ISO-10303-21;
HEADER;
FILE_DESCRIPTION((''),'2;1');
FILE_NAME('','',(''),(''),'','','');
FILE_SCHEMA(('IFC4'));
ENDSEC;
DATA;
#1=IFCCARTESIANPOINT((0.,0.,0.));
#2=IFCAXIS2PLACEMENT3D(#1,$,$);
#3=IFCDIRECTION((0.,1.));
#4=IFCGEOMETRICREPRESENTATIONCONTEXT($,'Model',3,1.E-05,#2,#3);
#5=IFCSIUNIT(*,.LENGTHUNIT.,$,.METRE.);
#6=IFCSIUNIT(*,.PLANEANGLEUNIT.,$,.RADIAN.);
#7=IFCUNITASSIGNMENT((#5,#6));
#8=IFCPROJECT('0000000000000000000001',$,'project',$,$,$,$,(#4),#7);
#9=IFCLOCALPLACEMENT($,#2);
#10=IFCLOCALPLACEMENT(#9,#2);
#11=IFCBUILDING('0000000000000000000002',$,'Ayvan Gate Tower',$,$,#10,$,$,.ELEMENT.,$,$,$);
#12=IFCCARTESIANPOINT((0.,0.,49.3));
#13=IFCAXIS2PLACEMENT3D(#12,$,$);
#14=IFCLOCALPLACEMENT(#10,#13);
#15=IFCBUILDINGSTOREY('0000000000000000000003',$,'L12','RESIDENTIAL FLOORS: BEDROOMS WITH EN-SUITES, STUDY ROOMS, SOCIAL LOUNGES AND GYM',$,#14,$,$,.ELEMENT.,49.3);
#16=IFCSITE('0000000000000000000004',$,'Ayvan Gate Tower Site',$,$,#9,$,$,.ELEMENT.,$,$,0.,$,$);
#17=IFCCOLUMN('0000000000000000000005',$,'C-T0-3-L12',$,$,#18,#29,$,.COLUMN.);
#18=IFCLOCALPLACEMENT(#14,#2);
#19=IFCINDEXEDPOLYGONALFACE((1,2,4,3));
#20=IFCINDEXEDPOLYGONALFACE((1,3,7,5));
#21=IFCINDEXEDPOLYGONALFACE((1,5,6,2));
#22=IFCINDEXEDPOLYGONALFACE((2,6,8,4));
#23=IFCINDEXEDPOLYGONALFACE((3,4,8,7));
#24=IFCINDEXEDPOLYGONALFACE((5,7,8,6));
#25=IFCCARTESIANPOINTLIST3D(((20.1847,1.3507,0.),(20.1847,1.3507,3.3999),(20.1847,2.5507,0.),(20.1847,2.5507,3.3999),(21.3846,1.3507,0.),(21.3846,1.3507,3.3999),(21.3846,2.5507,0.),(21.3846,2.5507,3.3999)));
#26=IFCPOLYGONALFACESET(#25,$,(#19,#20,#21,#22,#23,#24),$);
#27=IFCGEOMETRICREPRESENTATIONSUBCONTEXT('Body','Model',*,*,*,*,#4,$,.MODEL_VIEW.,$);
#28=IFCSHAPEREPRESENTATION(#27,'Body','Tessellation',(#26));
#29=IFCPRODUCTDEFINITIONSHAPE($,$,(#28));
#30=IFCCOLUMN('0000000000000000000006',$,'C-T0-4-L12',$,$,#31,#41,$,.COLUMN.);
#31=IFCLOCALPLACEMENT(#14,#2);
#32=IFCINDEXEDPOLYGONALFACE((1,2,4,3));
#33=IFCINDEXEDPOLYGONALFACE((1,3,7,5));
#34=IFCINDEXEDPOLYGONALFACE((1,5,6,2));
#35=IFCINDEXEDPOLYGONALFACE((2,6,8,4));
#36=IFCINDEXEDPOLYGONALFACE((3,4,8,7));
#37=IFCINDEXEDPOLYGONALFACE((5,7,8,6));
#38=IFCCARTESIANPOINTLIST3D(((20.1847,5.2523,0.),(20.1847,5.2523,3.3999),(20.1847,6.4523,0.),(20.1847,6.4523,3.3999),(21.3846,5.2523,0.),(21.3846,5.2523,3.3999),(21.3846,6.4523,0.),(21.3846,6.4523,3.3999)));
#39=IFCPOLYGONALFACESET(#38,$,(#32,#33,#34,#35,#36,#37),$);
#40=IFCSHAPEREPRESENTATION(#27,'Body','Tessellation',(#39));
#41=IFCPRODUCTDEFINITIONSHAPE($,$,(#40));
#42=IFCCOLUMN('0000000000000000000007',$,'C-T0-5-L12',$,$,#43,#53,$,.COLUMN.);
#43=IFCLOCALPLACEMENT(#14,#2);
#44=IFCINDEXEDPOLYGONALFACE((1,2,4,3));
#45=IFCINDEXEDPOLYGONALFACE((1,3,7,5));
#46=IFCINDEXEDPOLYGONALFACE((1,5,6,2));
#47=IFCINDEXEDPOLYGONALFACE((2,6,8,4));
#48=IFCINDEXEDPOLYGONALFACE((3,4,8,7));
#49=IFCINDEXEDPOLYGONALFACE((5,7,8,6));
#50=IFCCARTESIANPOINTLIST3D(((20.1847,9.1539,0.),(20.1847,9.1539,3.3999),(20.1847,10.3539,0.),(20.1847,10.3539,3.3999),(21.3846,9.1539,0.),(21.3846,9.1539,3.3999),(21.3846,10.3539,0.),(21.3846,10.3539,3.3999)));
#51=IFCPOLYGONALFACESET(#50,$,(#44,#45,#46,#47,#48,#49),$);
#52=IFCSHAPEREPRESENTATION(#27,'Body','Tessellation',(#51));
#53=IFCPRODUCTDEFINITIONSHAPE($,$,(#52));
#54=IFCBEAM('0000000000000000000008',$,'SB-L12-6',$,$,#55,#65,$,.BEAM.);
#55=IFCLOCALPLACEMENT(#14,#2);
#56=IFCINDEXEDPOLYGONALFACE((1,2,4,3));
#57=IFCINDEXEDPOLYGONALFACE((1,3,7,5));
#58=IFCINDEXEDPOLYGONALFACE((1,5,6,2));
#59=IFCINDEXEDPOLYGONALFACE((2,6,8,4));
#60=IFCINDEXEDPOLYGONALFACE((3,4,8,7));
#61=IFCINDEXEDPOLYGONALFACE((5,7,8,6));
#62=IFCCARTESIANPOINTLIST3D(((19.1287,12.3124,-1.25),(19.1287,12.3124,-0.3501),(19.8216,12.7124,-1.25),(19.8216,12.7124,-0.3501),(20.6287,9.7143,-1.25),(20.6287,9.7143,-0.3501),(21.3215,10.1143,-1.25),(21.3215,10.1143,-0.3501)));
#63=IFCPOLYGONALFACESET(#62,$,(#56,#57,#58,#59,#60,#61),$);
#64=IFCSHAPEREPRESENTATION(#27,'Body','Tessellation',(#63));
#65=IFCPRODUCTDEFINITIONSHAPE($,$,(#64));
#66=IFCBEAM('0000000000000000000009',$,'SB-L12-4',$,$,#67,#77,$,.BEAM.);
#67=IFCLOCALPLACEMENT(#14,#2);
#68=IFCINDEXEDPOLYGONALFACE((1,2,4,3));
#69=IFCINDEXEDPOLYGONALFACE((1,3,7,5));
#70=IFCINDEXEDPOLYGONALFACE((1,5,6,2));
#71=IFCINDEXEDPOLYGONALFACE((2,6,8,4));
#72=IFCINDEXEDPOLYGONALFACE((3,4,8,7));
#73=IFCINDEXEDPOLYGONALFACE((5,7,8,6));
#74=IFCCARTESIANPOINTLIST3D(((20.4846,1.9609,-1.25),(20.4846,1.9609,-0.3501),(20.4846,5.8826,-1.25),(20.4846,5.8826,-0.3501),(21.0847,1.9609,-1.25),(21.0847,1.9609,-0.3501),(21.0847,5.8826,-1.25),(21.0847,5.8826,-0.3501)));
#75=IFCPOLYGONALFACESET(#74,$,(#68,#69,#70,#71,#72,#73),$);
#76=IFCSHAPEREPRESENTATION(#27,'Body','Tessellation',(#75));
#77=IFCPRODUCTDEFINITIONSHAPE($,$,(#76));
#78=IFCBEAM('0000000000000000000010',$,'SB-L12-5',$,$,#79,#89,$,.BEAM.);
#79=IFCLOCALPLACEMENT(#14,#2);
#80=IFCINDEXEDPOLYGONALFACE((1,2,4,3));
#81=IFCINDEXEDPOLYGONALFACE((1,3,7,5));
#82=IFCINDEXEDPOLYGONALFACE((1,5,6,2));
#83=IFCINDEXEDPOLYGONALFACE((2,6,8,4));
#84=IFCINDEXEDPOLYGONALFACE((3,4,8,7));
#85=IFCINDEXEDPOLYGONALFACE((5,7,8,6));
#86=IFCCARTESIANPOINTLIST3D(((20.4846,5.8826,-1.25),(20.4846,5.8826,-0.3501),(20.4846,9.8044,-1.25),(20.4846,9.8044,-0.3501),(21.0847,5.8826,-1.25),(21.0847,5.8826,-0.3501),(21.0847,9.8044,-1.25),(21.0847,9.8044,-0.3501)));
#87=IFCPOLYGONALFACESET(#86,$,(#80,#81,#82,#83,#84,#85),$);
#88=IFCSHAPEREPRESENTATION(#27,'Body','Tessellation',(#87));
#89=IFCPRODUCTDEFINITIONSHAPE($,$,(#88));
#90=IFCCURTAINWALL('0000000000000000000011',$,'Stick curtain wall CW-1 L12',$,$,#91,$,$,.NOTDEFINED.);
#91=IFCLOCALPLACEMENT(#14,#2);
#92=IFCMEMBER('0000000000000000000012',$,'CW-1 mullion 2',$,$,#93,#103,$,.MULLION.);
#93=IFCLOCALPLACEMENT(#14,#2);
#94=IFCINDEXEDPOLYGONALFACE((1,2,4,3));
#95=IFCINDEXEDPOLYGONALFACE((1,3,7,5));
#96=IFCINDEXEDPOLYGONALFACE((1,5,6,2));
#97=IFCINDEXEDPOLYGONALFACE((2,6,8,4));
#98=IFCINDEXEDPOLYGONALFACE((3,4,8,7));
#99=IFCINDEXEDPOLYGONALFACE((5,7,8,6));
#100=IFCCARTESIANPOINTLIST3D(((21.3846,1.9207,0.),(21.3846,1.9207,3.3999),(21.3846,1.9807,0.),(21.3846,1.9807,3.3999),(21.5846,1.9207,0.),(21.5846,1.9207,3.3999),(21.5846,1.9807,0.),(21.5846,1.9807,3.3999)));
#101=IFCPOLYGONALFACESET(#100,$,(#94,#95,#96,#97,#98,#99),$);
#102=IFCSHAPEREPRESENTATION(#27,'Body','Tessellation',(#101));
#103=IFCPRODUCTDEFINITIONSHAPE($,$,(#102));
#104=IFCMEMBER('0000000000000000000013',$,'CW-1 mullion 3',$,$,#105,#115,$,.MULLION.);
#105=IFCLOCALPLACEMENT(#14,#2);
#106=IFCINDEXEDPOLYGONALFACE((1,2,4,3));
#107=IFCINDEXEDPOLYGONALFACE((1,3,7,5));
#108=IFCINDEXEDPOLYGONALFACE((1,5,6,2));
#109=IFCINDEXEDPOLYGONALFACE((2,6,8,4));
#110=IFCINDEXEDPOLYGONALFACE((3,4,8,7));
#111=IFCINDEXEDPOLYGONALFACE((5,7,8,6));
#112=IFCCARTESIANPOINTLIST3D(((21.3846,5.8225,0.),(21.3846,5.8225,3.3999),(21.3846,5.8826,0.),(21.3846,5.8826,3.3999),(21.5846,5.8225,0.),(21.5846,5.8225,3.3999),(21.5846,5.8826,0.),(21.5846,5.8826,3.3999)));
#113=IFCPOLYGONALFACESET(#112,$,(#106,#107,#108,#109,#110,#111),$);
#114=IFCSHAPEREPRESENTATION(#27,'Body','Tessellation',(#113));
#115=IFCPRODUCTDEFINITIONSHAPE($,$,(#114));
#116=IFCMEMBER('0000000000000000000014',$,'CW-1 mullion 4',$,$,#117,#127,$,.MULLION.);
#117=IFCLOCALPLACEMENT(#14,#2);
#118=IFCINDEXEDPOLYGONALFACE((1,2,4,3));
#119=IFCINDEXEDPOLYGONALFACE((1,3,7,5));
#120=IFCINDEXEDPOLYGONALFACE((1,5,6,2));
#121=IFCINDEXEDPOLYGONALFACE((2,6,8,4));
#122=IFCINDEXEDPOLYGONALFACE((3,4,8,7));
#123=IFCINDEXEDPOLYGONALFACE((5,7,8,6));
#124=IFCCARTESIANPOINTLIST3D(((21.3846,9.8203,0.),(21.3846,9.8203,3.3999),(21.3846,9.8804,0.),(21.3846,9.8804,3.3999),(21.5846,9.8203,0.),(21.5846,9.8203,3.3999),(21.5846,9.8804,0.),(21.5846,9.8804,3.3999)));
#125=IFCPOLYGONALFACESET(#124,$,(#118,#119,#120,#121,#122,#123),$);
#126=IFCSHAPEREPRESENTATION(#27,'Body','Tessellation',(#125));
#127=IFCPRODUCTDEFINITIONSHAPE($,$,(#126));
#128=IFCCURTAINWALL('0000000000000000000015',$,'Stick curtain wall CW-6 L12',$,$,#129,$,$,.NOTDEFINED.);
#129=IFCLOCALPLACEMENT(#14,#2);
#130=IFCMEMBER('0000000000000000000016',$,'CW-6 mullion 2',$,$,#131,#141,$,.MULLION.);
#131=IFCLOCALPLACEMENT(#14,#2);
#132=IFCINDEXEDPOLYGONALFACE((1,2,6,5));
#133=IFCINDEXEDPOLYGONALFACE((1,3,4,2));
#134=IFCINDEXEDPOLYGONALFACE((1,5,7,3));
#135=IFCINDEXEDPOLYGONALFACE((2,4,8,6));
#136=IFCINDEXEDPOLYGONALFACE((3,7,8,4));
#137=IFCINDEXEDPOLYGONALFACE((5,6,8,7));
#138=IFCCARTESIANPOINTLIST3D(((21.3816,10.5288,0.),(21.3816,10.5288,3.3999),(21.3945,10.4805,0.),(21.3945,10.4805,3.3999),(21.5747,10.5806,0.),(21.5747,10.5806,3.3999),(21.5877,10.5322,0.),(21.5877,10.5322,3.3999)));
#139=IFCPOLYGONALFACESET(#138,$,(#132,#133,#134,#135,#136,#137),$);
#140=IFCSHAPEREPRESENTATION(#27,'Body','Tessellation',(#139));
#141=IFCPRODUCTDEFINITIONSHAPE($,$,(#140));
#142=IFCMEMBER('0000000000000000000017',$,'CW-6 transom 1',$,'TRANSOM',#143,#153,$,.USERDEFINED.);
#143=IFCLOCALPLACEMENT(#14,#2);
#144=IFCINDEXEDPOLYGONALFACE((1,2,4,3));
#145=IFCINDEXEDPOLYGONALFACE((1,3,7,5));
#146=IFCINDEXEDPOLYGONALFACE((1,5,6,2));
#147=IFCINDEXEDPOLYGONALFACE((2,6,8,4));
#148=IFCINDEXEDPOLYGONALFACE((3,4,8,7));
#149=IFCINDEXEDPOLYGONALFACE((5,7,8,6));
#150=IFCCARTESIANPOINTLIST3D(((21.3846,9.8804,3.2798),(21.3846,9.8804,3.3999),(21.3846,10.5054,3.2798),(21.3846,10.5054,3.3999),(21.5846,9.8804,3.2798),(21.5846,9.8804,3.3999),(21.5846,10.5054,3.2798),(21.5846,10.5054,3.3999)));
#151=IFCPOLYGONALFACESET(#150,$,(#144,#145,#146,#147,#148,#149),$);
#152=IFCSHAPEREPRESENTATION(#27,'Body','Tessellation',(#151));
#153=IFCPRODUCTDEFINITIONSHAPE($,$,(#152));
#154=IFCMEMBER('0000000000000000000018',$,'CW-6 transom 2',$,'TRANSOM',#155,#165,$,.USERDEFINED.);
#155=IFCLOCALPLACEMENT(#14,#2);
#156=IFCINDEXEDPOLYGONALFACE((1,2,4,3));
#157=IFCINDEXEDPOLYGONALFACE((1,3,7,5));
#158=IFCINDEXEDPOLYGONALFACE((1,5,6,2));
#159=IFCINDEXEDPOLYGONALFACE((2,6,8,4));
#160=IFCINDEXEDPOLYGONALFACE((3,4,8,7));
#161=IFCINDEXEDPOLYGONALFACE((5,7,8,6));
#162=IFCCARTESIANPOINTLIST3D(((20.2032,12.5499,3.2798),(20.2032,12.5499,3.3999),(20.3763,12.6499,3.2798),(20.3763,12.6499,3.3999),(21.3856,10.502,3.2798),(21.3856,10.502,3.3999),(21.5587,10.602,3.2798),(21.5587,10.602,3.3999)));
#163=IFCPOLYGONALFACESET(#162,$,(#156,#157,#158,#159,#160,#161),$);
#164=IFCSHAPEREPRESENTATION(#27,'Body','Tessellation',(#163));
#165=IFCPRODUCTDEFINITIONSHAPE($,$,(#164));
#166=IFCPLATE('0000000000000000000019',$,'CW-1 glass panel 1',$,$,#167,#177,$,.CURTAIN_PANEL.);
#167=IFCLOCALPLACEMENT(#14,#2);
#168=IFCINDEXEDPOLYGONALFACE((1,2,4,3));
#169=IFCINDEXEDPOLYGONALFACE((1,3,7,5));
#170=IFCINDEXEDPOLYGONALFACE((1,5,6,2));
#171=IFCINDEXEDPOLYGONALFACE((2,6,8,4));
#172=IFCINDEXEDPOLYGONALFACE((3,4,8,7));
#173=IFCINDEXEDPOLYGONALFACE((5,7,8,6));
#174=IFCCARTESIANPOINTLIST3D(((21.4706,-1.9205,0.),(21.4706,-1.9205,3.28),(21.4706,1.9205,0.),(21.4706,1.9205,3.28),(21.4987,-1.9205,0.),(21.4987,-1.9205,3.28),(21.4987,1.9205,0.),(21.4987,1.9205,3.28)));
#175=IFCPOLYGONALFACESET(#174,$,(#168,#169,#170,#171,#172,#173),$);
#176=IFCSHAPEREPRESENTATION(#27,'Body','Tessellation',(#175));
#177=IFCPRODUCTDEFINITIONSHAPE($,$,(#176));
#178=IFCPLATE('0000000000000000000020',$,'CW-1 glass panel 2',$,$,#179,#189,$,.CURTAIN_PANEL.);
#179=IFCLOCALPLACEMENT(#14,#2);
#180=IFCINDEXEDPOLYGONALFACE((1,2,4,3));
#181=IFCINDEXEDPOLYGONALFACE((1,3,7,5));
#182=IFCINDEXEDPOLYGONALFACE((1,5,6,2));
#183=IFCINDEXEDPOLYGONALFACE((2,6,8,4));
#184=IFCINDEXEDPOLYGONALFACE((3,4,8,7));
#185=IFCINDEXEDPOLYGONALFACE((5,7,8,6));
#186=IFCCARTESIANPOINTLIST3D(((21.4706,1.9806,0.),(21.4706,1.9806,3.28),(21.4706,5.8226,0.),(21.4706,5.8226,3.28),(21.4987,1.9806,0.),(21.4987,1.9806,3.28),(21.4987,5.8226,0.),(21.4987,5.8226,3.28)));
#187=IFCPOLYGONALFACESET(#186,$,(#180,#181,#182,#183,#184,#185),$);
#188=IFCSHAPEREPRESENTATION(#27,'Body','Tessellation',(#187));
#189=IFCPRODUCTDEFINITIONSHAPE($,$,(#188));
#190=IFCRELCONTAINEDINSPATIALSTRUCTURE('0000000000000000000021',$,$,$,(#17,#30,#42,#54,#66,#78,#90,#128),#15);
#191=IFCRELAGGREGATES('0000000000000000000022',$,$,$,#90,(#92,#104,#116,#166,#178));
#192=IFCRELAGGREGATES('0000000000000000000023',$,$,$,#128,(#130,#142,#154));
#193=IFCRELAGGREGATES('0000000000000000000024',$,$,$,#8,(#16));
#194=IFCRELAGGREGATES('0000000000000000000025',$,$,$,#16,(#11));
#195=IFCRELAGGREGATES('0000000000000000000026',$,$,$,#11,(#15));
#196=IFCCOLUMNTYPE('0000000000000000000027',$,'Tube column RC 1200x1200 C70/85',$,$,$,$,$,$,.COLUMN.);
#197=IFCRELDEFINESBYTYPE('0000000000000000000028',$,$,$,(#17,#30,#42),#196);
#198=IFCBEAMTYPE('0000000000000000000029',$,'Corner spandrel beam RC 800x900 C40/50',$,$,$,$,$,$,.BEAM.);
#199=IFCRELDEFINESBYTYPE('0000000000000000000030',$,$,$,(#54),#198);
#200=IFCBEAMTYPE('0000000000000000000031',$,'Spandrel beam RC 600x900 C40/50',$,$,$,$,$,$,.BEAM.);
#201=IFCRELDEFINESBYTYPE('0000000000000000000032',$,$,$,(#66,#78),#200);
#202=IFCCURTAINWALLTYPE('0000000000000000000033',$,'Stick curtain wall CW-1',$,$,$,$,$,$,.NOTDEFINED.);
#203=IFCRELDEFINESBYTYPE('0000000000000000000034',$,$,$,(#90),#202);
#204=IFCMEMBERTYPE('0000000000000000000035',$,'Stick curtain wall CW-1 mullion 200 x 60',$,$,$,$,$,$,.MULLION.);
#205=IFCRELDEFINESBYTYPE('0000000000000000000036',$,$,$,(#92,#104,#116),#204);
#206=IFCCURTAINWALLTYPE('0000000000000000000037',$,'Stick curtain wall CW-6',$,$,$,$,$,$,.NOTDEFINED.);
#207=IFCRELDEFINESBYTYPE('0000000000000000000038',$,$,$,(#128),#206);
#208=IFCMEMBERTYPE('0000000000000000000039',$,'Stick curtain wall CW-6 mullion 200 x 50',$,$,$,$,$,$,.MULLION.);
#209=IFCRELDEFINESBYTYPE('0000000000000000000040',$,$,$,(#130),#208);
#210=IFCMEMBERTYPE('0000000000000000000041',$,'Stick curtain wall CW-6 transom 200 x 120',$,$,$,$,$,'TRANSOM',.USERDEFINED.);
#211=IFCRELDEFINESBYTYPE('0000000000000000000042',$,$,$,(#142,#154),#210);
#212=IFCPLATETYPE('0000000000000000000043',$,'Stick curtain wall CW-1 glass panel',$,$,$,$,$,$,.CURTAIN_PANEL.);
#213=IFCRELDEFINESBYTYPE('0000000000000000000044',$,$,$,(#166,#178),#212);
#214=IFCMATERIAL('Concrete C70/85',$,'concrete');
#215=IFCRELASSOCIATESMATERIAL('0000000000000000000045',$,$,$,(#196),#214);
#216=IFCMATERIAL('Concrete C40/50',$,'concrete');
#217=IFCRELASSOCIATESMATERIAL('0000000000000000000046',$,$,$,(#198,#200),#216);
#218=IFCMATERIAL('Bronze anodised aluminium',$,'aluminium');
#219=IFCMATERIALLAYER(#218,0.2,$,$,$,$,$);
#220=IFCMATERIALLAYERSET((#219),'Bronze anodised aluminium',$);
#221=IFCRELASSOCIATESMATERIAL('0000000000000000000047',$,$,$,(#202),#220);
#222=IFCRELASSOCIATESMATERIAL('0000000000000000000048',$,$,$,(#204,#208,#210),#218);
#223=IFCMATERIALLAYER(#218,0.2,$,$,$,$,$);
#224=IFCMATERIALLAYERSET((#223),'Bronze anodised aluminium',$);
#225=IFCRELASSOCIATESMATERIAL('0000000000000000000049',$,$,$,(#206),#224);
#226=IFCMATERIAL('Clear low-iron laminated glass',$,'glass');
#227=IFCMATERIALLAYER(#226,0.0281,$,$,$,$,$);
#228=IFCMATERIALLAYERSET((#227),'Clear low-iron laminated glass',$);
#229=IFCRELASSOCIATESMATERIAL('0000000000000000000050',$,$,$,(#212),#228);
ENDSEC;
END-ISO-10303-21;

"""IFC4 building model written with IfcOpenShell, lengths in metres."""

from ifc_helpers import new_model, si_unit, direction, frame, origin, origin_2d, place, context, subcontext, project, spatial, rectangle, extrude, material, layer, layer_set, material_profile, profile_set, type_object, element, aggregate, save


model = new_model("IFC4")

# Units and contexts
model_context = context("Model", 3, precision=1e-05, world=origin(), true_north=direction((0.0, 1.0)))
body_context = subcontext(model_context, "Body", "Model", "MODEL_VIEW")
ifc_project = project(units=[si_unit("LENGTHUNIT", "METRE"), si_unit("PLANEANGLEUNIT", "RADIAN")], contexts=[model_context])

# Site, building, storey
site_placement = place(None, origin())
site = spatial("IfcSite", under=ifc_project, at=site_placement, Name="Ayvan Gate Tower Site", CompositionType="ELEMENT", RefElevation=0.0)
building_placement = place(site_placement, origin())
building = spatial("IfcBuilding", under=site, at=building_placement, Name="Ayvan Gate Tower", CompositionType="ELEMENT")
storey_placement = place(building_placement, frame((0.0, 0.0, 49.3)))
storey = spatial("IfcBuildingStorey", under=building, at=storey_placement, Name="L12", Description="RESIDENTIAL FLOORS: BEDROOMS WITH EN-SUITES, STUDY ROOMS, SOCIAL LOUNGES AND GYM", CompositionType="ELEMENT", Elevation=49.3)

# Columns
ifc_material_1 = material(Name="Concrete C70/85", Category="concrete")
ifc_material_profile_1 = material_profile(ifc_material_1, rectangle(XDim=1.2, YDim=1.2, at=origin_2d()), Name="RC 1200x1200")
ifc_profile_set_1 = profile_set([ifc_material_profile_1], Name="Concrete C70/85")
column_type = type_object("IfcColumnType", Name="Tube column RC 1200x1200 C70/85", PredefinedType="COLUMN", material=ifc_profile_set_1)
for number, where, z_axis, x_axis, name in (
    (1, (20.7847, 1.9507, 0.0), (0.0, 0.0, 1.0), (1.0, 0.0, 0.0), "C-T0-3-L12"),
    (2, (20.7847, 5.8523, 0.0), (0.0, 0.0, 1.0), (1.0, 0.0, 0.0), "C-T0-4-L12"),
    (3, (20.7847, 9.7539, 0.0), (0.0, 0.0, 1.0), (1.0, 0.0, 0.0), "C-T0-5-L12"),
):
    element("IfcColumn", number, at=place(storey_placement, frame(where, z_axis=z_axis, x_axis=x_axis)), inside=storey, type_object=column_type, Name=name, PredefinedType="COLUMN", context=body_context, shape_type="SweptSolid", body=[
        extrude(rectangle(XDim=1.2, YDim=1.2, at=origin_2d()), origin(), (0.0, 0.0, 1.0), 3.3999),
    ])

# Beams
ifc_material_2 = material(Name="Concrete C40/50", Category="concrete")
ifc_material_profile_2 = material_profile(ifc_material_2, rectangle(XDim=0.8, YDim=0.8999, at=origin_2d()), Name="RC 800x900")
ifc_profile_set_2 = profile_set([ifc_material_profile_2], Name="Concrete C40/50")
beam_type_1 = type_object("IfcBeamType", Name="Corner spandrel beam RC 800x900 C40/50", PredefinedType="BEAM", material=ifc_profile_set_2)
beam_1_placement = place(storey_placement, frame((20.9751, 9.9143, -0.8), z_axis=(-0.49999, 0.866031, 0.0), x_axis=(-0.866031, -0.49999, 0.0)))
element("IfcBeam", 4, at=beam_1_placement, inside=storey, type_object=beam_type_1, Name="SB-L12-6", PredefinedType="BEAM", context=body_context, shape_type="SweptSolid", body=[
    extrude(rectangle(XDim=0.8, YDim=0.8999, at=origin_2d()), origin(), (0.0, 0.0, 1.0), 3.0),
])
ifc_material_profile_3 = material_profile(ifc_material_2, rectangle(XDim=0.6001, YDim=0.8999, at=origin_2d()), Name="RC 600x900")
ifc_profile_set_3 = profile_set([ifc_material_profile_3], Name="Concrete C40/50")
beam_type_2 = type_object("IfcBeamType", Name="Spandrel beam RC 600x900 C40/50", PredefinedType="BEAM", material=ifc_profile_set_3)
beam_2_placement = place(storey_placement, frame((20.7847, 1.9609, -0.8), z_axis=(0.0, 1.0, 0.0), x_axis=(-1.0, 0.0, 0.0)))
element("IfcBeam", 5, at=beam_2_placement, inside=storey, type_object=beam_type_2, Name="SB-L12-4", PredefinedType="BEAM", context=body_context, shape_type="SweptSolid", body=[
    extrude(rectangle(XDim=0.6001, YDim=0.8999, at=origin_2d()), origin(), (0.0, 0.0, 1.0), 3.9216),
])
beam_3_placement = place(storey_placement, frame((20.7847, 5.8826, -0.8), z_axis=(0.0, 1.0, 0.0), x_axis=(-1.0, 0.0, 0.0)))
element("IfcBeam", 6, at=beam_3_placement, inside=storey, type_object=beam_type_2, Name="SB-L12-5", PredefinedType="BEAM", context=body_context, shape_type="SweptSolid", body=[
    extrude(rectangle(XDim=0.6001, YDim=0.8999, at=origin_2d()), origin(), (0.0, 0.0, 1.0), 3.9219),
])

# Curtain walls, members
ifc_material_3 = material(Name="Bronze anodised aluminium", Category="aluminium")
ifc_layer_1 = layer(ifc_material_3, 0.2)
ifc_layer_set_1 = layer_set([ifc_layer_1], Name="Bronze anodised aluminium")
curtain_wall_type_1 = type_object("IfcCurtainWallType", Name="Stick curtain wall CW-1", PredefinedType="NOTDEFINED", material=ifc_layer_set_1)
curtain_wall_1_placement = place(storey_placement, origin())
curtain_wall_1 = element("IfcCurtainWall", 7, at=curtain_wall_1_placement, inside=storey, type_object=curtain_wall_type_1, Name="Stick curtain wall CW-1 L12", PredefinedType="NOTDEFINED")
ifc_material_profile_4 = material_profile(ifc_material_3, rectangle(XDim=0.2, YDim=0.0601, at=origin_2d()), Name="Stick curtain wall CW-1 mullion 200 x 60")
ifc_profile_set_4 = profile_set([ifc_material_profile_4], Name="Bronze anodised aluminium")
member_type_1 = type_object("IfcMemberType", Name="Stick curtain wall CW-1 mullion 200 x 60", PredefinedType="MULLION", material=ifc_profile_set_4)
member_1_placement = place(storey_placement, frame((21.4846, 1.9507, 0.0), z_axis=(0.0, 0.0, 1.0), x_axis=(1.0, 0.0, 0.0)))
member_1 = element("IfcMember", 8, at=member_1_placement, type_object=member_type_1, Name="CW-1 mullion 2", PredefinedType="MULLION", context=body_context, shape_type="SweptSolid", body=[
    extrude(rectangle(XDim=0.2, YDim=0.0601, at=origin_2d()), origin(), (0.0, 0.0, 1.0), 3.3999),
])
member_2_placement = place(storey_placement, frame((21.4846, 5.8525, 0.0), z_axis=(0.0, 0.0, 1.0), x_axis=(1.0, 0.0, 0.0)))
member_2 = element("IfcMember", 9, at=member_2_placement, type_object=member_type_1, Name="CW-1 mullion 3", PredefinedType="MULLION", context=body_context, shape_type="SweptSolid", body=[
    extrude(rectangle(XDim=0.2, YDim=0.0601, at=origin_2d()), origin(), (0.0, 0.0, 1.0), 3.3999),
])
member_3_placement = place(storey_placement, frame((21.4846, 9.8503, 0.0), z_axis=(0.0, 0.0, 1.0), x_axis=(1.0, 0.0, 0.0)))
member_3 = element("IfcMember", 10, at=member_3_placement, type_object=member_type_1, Name="CW-1 mullion 4", PredefinedType="MULLION", context=body_context, shape_type="SweptSolid", body=[
    extrude(rectangle(XDim=0.2, YDim=0.0601, at=origin_2d()), origin(), (0.0, 0.0, 1.0), 3.3999),
])
ifc_layer_2 = layer(ifc_material_3, 0.2)
ifc_layer_set_2 = layer_set([ifc_layer_2], Name="Bronze anodised aluminium")
curtain_wall_type_2 = type_object("IfcCurtainWallType", Name="Stick curtain wall CW-6", PredefinedType="NOTDEFINED", material=ifc_layer_set_2)
curtain_wall_2_placement = place(storey_placement, origin())
curtain_wall_2 = element("IfcCurtainWall", 11, at=curtain_wall_2_placement, inside=storey, type_object=curtain_wall_type_2, Name="Stick curtain wall CW-6 L12", PredefinedType="NOTDEFINED")
ifc_material_profile_5 = material_profile(ifc_material_3, rectangle(XDim=0.2, YDim=0.05, at=origin_2d()), Name="Stick curtain wall CW-6 mullion 200 x 50")
ifc_profile_set_5 = profile_set([ifc_material_profile_5], Name="Bronze anodised aluminium")
member_type_2 = type_object("IfcMemberType", Name="Stick curtain wall CW-6 mullion 200 x 50", PredefinedType="MULLION", material=ifc_profile_set_5)
member_4_placement = place(storey_placement, frame((21.4846, 10.5305, 0.0), z_axis=(0.0, 0.0, 1.0), x_axis=(0.965926, 0.258819, 0.0)))
member_4 = element("IfcMember", 12, at=member_4_placement, type_object=member_type_2, Name="CW-6 mullion 2", PredefinedType="MULLION", context=body_context, shape_type="SweptSolid", body=[
    extrude(rectangle(XDim=0.2, YDim=0.05, at=origin_2d()), origin(), (0.0, 0.0, 1.0), 3.3999),
])
ifc_material_profile_6 = material_profile(ifc_material_3, rectangle(XDim=0.2, YDim=0.1201, at=origin_2d()), Name="Stick curtain wall CW-6 transom 200 x 120")
ifc_profile_set_6 = profile_set([ifc_material_profile_6], Name="Bronze anodised aluminium")
member_type_3 = type_object("IfcMemberType", Name="Stick curtain wall CW-6 transom 200 x 120", ElementType="TRANSOM", PredefinedType="USERDEFINED", material=ifc_profile_set_6)
member_5_placement = place(storey_placement, frame((21.4846, 9.8804, 3.3398), z_axis=(0.0, 1.0, 0.0), x_axis=(-1.0, 0.0, 0.0)))
member_5 = element("IfcMember", 13, at=member_5_placement, type_object=member_type_3, Name="CW-6 transom 1", ObjectType="TRANSOM", PredefinedType="USERDEFINED", context=body_context, shape_type="SweptSolid", body=[
    extrude(rectangle(XDim=0.2, YDim=0.1201, at=origin_2d()), origin(), (0.0, 0.0, 1.0), 0.625),
])
member_6_placement = place(storey_placement, frame((21.4722, 10.552, 3.3398), z_axis=(-0.500014, 0.866017, 0.0), x_axis=(-0.866017, -0.500014, 0.0)))
member_6 = element("IfcMember", 14, at=member_6_placement, type_object=member_type_3, Name="CW-6 transom 2", ObjectType="TRANSOM", PredefinedType="USERDEFINED", context=body_context, shape_type="SweptSolid", body=[
    extrude(rectangle(XDim=0.2, YDim=0.1201, at=origin_2d()), origin(), (0.0, 0.0, 1.0), 2.3647),
])

# Plates
ifc_material_4 = material(Name="Clear low-iron laminated glass", Category="glass")
ifc_layer_3 = layer(ifc_material_4, 0.0281)
ifc_layer_set_3 = layer_set([ifc_layer_3], Name="Clear low-iron laminated glass")
plate_type_1 = type_object("IfcPlateType", Name="Stick curtain wall CW-1 glass panel", PredefinedType="CURTAIN_PANEL", material=ifc_layer_set_3)
plate_1_placement = place(storey_placement, frame((21.4846, 0.0, 0.0), z_axis=(0.0, 0.0, 1.0), x_axis=(0.0, 1.0, 0.0)))
plate_1 = element("IfcPlate", 15, at=plate_1_placement, type_object=plate_type_1, Name="CW-1 glass panel 1", PredefinedType="CURTAIN_PANEL", context=body_context, shape_type="SweptSolid", body=[
    extrude(rectangle(XDim=3.8411, YDim=0.0281, at=origin_2d()), origin(), (0.0, 0.0, 1.0), 3.28),
])
plate_2_placement = place(storey_placement, frame((21.4846, 3.9016, 0.0), z_axis=(0.0, 0.0, 1.0), x_axis=(0.0, 1.0, 0.0)))
plate_2 = element("IfcPlate", 16, at=plate_2_placement, type_object=plate_type_1, Name="CW-1 glass panel 2", PredefinedType="CURTAIN_PANEL", context=body_context, shape_type="SweptSolid", body=[
    extrude(rectangle(XDim=3.842, YDim=0.0281, at=origin_2d()), origin(), (0.0, 0.0, 1.0), 3.28),
])
aggregate(curtain_wall_1, [member_1, member_2, member_3, plate_1, plate_2])
aggregate(curtain_wall_2, [member_4, member_5, member_6])

save(model, "model.ifc")
